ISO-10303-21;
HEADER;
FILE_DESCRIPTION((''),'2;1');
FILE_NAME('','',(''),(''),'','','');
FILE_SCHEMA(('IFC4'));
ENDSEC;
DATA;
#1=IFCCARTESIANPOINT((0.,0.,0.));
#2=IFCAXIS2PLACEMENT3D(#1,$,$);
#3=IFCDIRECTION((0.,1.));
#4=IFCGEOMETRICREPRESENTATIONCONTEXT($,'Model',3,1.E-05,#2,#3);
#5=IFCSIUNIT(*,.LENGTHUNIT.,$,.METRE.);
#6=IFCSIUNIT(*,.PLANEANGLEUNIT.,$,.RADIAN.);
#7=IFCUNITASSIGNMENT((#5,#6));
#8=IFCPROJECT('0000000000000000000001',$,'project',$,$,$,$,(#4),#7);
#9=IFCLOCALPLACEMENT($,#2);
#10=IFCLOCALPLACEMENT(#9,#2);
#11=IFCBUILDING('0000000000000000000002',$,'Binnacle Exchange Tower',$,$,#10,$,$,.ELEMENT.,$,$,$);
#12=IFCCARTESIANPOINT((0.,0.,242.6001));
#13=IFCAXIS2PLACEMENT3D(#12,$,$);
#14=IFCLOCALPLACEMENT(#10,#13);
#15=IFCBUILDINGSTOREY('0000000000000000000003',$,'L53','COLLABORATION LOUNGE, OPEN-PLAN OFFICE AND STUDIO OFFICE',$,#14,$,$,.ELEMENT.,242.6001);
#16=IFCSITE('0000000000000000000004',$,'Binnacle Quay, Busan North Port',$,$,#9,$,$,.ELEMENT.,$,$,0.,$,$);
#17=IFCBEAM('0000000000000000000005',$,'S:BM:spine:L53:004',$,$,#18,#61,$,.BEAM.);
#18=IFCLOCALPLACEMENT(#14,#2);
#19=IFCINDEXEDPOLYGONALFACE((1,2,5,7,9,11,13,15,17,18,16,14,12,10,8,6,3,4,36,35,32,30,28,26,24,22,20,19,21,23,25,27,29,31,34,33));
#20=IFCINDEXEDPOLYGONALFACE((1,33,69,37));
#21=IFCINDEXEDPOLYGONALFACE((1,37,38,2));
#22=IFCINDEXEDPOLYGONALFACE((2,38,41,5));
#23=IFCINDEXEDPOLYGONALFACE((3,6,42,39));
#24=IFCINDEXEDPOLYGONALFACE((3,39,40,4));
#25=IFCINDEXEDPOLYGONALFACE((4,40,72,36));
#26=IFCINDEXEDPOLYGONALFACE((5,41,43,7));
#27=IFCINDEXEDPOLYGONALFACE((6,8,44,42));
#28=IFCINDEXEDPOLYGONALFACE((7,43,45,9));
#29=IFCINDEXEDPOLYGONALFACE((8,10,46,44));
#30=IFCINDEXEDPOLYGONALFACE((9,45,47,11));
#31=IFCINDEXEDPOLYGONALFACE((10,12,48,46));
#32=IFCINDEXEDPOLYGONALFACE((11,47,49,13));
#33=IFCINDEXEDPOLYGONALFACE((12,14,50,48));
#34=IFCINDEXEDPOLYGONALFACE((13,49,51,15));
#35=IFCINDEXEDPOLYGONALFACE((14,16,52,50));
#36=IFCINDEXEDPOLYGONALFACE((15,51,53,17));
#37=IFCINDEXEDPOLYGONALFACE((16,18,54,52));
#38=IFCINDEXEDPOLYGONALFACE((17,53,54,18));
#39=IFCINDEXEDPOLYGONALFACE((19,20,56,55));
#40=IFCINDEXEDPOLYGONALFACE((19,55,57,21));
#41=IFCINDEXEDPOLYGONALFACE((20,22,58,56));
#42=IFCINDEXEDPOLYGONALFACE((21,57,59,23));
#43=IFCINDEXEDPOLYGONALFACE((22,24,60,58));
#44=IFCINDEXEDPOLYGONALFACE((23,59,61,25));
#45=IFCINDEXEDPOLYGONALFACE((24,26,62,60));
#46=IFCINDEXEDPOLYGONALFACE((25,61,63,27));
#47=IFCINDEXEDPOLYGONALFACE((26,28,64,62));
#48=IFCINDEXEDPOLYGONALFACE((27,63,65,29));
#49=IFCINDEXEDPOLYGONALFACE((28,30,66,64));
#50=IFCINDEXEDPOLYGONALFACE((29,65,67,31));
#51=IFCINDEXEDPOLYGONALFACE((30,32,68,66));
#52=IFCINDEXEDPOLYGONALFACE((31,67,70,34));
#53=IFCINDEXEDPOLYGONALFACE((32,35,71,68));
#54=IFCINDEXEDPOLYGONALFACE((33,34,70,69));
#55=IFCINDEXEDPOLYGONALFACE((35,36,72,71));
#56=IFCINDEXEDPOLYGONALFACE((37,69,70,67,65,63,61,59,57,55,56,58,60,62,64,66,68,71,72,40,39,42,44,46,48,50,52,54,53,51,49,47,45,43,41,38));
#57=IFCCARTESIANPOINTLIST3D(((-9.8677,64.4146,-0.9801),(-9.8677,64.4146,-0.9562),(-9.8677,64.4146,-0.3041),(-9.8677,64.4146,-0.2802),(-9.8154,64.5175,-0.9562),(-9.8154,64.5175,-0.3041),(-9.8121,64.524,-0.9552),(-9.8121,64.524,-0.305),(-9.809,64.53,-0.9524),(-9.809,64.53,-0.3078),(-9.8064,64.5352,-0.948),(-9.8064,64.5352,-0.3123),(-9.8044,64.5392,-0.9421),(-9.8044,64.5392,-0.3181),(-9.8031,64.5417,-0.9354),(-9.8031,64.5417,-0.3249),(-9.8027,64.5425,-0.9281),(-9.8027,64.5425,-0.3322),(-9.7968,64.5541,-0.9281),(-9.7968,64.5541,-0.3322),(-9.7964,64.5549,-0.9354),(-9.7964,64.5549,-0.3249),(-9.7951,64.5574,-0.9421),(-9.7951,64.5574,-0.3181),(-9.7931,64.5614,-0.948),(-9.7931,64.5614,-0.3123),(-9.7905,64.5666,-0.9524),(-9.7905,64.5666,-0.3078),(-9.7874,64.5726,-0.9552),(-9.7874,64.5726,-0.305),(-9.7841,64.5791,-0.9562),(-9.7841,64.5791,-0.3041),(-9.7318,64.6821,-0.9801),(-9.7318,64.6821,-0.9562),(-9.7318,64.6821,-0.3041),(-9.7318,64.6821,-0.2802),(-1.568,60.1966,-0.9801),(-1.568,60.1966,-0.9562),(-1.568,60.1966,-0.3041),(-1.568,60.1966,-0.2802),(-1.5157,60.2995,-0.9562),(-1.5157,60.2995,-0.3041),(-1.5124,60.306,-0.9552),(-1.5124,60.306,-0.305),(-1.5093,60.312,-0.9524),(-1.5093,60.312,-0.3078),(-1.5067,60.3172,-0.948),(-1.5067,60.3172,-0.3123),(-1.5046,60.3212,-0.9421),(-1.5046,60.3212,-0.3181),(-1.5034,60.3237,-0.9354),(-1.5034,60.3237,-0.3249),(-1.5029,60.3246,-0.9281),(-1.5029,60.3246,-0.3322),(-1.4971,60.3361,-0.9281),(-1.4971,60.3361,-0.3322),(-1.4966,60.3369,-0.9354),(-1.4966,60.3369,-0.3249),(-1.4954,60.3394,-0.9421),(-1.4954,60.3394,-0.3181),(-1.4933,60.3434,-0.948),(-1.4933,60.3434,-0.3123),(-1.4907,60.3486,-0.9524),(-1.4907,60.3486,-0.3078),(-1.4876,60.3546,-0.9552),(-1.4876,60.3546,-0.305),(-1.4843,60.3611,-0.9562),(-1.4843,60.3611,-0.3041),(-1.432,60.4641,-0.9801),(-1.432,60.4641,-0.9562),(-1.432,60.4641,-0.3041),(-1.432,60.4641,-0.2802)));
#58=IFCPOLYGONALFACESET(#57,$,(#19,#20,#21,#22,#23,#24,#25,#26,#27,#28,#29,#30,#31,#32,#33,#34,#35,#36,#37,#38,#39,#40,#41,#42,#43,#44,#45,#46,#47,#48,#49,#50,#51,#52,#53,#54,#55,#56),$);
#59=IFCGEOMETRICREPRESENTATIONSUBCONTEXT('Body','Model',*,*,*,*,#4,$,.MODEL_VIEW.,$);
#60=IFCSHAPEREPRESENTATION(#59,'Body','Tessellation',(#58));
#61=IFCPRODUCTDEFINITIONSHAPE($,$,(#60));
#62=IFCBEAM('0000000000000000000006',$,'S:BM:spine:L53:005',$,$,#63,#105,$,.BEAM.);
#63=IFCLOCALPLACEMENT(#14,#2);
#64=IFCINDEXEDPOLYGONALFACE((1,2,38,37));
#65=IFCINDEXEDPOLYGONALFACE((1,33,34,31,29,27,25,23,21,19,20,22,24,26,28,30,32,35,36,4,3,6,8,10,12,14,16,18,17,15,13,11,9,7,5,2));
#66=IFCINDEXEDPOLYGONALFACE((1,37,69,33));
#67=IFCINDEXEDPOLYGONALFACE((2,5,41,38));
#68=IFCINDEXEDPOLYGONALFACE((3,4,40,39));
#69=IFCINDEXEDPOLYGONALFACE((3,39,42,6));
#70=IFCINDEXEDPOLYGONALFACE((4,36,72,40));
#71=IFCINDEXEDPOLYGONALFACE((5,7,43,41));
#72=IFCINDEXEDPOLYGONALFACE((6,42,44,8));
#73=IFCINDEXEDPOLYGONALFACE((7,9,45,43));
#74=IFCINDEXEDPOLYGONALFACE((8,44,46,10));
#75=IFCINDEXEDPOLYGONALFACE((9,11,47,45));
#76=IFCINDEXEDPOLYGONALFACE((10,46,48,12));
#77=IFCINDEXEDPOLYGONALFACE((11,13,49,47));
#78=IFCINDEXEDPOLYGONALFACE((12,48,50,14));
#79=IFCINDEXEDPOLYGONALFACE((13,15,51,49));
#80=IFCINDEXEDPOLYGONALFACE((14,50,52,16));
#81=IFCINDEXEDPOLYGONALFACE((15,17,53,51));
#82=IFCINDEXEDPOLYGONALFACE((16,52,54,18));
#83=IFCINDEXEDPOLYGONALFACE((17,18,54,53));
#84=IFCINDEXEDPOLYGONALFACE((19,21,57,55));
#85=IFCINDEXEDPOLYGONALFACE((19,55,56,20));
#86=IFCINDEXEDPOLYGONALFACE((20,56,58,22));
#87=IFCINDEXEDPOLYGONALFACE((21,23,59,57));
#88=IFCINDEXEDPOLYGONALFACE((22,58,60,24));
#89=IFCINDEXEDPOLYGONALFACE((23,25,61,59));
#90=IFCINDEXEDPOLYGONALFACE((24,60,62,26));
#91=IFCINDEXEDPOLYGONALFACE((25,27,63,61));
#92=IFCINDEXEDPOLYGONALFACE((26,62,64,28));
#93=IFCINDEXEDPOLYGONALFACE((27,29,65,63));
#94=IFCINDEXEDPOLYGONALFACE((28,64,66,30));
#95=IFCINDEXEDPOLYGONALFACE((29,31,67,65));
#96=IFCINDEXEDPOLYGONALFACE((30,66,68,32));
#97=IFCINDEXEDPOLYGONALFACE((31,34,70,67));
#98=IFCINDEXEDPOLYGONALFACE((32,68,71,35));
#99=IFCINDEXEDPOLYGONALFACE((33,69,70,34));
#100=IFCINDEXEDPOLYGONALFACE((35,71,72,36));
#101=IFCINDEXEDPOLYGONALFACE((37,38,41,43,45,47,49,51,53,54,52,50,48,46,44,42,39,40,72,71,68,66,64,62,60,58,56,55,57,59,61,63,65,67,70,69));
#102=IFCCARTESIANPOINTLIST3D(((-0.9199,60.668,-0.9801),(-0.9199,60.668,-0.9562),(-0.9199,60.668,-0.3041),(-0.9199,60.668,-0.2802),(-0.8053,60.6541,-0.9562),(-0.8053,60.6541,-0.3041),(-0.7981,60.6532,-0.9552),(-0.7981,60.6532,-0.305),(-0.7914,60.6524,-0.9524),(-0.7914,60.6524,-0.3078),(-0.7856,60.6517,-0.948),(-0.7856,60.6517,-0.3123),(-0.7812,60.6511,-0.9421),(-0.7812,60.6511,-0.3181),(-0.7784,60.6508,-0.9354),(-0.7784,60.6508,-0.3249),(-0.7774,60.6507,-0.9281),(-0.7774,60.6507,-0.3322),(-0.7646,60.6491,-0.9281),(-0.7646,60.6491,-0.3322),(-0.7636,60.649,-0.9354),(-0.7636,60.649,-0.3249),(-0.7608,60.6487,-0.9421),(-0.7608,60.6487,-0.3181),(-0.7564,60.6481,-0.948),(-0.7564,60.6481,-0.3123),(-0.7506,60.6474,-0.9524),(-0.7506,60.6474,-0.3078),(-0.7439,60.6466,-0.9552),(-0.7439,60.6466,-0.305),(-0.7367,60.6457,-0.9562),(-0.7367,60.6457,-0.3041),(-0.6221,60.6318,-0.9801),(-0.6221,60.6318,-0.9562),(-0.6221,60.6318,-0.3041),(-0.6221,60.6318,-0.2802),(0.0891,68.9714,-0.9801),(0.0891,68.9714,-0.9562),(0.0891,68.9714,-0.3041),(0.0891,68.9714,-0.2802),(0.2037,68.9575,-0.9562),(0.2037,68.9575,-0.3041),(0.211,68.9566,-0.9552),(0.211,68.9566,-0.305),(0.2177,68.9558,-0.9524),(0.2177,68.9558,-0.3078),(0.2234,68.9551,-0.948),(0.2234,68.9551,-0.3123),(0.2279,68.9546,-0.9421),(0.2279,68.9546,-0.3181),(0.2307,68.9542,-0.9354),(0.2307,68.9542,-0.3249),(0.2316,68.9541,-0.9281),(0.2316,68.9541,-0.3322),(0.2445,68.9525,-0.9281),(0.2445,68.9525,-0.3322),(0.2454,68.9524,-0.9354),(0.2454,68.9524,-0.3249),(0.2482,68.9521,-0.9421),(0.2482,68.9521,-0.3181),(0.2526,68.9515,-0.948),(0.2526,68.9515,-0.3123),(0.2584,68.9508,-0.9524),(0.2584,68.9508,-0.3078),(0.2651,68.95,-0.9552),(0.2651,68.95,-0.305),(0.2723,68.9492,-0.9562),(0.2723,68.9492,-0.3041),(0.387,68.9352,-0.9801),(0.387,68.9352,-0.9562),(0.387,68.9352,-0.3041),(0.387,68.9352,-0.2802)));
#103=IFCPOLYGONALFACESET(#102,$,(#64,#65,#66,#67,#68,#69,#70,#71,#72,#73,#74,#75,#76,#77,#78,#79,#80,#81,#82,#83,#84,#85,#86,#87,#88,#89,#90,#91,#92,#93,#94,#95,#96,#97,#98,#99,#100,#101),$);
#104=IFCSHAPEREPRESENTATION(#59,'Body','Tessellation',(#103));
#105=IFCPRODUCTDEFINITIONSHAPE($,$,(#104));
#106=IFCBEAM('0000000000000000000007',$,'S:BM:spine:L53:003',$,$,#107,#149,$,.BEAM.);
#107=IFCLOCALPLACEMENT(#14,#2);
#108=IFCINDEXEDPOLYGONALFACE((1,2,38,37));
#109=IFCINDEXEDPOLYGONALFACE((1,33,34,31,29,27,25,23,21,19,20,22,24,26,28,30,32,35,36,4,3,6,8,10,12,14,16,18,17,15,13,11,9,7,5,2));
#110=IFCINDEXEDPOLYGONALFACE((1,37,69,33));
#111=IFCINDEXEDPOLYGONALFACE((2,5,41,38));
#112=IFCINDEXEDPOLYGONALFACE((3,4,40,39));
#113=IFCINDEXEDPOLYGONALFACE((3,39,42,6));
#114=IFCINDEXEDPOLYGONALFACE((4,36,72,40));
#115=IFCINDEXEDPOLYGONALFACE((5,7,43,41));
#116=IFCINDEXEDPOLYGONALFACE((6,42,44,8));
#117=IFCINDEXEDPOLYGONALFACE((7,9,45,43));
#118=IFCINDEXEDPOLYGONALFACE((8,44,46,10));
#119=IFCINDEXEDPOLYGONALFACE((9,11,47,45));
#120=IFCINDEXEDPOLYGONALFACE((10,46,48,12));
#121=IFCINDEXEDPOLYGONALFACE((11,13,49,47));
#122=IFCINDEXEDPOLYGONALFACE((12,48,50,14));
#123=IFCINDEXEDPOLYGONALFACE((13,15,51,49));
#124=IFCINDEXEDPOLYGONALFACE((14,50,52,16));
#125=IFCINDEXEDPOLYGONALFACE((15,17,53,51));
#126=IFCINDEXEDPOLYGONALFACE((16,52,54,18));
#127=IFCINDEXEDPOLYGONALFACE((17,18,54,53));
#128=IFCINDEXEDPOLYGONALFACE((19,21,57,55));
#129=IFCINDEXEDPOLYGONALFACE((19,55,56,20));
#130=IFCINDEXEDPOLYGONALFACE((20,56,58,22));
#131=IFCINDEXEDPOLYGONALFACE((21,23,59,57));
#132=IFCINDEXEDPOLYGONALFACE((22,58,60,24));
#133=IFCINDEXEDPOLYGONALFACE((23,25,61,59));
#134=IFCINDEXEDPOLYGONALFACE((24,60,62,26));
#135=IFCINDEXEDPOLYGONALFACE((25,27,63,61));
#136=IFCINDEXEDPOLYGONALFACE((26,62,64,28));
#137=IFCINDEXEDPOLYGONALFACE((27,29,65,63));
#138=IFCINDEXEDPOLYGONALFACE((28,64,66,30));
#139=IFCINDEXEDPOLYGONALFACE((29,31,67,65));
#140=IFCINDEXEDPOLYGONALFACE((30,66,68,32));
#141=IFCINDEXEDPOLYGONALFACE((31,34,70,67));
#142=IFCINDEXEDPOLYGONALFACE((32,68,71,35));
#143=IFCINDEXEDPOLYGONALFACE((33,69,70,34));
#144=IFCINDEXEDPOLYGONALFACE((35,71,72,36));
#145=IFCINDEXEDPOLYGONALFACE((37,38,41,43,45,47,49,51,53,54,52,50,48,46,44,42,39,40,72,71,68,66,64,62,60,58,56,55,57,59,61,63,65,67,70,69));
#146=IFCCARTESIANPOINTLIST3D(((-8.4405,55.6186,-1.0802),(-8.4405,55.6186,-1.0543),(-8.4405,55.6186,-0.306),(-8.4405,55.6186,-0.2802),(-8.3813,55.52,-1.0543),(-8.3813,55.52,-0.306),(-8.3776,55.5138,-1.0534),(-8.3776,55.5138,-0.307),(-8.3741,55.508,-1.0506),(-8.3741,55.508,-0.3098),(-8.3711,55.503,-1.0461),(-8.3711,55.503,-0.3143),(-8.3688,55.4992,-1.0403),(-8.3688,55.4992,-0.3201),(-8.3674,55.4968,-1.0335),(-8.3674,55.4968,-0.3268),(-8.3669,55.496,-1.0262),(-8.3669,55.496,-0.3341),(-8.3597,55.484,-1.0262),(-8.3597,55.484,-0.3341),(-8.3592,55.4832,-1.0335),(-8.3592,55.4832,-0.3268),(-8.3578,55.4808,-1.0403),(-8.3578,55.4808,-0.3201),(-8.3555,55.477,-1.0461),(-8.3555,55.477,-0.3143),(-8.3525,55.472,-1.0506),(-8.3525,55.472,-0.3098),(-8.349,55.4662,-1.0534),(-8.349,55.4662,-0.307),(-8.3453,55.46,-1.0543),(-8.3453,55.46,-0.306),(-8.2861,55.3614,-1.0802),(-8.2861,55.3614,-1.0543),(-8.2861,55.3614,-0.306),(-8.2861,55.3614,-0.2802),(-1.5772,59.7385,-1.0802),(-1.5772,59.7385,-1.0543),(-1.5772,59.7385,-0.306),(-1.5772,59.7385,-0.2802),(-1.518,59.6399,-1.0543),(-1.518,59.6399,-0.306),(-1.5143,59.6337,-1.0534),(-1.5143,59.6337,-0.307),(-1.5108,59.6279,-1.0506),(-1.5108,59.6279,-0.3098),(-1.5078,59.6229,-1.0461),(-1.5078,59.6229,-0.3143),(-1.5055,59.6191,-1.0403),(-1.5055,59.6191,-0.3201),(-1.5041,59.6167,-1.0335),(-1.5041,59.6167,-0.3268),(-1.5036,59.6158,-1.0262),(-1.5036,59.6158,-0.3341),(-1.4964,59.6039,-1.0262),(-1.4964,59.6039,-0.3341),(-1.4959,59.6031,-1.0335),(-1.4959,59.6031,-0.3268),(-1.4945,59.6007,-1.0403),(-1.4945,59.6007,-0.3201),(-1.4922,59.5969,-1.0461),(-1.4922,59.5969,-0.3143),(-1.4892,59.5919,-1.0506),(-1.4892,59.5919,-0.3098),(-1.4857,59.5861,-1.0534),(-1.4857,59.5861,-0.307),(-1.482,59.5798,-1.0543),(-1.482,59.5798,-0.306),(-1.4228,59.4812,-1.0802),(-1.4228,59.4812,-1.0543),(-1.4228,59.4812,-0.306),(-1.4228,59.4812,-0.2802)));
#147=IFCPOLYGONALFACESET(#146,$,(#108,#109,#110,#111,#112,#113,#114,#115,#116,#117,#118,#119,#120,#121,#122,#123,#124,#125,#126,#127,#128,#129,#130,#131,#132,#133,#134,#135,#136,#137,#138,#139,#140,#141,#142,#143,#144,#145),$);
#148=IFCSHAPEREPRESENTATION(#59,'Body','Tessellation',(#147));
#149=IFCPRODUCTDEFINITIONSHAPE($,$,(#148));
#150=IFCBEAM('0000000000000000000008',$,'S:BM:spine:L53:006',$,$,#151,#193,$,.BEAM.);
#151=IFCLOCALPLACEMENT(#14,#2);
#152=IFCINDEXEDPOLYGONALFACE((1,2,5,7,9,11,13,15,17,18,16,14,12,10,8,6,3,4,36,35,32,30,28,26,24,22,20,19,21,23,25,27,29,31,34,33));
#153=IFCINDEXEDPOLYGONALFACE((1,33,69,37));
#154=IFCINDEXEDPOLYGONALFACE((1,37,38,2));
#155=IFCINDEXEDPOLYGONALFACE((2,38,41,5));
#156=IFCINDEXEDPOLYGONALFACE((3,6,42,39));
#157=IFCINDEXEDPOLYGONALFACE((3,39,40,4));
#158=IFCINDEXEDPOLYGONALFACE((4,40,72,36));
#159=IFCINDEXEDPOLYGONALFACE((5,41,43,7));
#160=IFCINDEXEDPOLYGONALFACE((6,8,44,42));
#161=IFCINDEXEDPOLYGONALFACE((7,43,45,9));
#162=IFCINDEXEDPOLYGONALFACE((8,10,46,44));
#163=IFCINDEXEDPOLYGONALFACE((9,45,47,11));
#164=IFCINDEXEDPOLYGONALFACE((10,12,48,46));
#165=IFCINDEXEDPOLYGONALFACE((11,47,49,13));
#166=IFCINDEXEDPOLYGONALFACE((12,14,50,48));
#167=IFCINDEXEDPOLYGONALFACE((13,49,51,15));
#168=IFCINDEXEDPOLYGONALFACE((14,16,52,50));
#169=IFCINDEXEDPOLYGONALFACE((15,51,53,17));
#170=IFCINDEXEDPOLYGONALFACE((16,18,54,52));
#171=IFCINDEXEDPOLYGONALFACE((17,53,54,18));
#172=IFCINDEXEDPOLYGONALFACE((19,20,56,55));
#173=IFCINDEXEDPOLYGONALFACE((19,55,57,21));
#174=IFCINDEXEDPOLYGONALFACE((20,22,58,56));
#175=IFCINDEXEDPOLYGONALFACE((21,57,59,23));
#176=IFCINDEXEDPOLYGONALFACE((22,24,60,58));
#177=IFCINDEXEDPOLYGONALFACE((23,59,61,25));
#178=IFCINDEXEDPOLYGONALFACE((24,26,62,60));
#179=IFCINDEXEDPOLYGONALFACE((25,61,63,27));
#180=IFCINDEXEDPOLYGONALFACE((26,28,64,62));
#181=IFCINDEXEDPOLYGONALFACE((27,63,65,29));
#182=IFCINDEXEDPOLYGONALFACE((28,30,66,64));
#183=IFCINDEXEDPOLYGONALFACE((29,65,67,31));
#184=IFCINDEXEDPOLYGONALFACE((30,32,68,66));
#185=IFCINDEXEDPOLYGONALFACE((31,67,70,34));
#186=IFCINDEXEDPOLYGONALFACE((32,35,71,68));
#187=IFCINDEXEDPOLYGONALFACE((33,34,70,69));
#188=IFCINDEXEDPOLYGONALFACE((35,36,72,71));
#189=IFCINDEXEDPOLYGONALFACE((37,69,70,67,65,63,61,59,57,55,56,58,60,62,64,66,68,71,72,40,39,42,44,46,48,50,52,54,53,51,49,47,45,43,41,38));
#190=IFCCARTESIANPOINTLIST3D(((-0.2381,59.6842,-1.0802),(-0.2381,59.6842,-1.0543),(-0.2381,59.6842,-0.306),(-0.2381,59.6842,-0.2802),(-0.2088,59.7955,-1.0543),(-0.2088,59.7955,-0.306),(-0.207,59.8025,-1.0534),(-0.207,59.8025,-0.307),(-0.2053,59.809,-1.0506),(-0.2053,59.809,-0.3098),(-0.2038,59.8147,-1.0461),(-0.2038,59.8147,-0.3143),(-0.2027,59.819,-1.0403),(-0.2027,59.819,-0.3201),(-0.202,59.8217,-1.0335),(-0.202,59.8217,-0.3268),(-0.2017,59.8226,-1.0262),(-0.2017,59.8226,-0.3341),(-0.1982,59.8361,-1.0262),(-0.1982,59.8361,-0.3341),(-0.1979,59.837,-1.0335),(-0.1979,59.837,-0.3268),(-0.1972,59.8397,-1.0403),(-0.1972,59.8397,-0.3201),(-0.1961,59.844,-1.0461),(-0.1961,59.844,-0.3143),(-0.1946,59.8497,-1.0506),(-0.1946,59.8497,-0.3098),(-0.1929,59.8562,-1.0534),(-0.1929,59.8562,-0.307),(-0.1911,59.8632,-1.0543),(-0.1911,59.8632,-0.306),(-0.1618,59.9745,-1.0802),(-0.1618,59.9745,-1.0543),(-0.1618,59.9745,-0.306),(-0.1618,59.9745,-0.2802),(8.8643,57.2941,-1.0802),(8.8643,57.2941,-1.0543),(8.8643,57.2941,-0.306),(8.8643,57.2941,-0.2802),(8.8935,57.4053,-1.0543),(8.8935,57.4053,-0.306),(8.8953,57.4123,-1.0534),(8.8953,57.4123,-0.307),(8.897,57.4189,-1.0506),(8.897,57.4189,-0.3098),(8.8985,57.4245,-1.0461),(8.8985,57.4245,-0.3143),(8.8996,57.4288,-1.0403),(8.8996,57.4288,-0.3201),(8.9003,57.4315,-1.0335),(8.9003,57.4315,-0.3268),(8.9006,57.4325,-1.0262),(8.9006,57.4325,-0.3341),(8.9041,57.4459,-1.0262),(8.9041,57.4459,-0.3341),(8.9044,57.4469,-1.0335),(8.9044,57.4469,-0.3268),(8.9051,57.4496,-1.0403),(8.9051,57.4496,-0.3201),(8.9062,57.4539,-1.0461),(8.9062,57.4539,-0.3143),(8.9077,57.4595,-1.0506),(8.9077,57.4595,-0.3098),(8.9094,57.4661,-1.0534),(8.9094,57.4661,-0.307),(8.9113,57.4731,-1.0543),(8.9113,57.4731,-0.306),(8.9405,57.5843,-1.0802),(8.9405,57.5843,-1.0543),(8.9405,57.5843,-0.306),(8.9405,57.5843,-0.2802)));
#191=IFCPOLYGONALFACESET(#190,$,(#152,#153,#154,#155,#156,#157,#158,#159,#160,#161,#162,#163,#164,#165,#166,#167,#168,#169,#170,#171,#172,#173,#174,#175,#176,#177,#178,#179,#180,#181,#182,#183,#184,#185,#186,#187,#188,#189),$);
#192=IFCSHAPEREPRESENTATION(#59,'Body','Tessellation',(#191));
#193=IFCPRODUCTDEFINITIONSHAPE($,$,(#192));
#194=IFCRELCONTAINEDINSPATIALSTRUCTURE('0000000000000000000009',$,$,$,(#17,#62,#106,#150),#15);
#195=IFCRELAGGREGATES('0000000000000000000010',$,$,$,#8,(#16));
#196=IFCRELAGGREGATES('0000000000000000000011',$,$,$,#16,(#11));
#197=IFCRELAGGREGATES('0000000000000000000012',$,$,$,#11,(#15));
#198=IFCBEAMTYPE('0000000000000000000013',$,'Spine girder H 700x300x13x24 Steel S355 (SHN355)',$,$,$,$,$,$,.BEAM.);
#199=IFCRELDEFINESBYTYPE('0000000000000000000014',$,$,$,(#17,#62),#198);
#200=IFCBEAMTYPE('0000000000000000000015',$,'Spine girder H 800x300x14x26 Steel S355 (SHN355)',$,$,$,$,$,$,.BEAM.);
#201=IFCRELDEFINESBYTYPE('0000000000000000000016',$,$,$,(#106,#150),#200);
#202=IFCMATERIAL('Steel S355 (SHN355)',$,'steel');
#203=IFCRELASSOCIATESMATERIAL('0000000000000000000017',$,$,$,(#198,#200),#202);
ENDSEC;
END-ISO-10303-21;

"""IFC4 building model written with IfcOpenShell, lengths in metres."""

from ifc_helpers import new_model, si_unit, direction, frame, origin, origin_2d, place, context, subcontext, project, spatial, i_section, extrude, material, material_profile, profile_set, type_object, element, save


model = new_model("IFC4")

# Units and contexts
model_context = context("Model", 3, precision=1e-05, world=origin(), true_north=direction((0.0, 1.0)))
body_context = subcontext(model_context, "Body", "Model", "MODEL_VIEW")
ifc_project = project(units=[si_unit("LENGTHUNIT", "METRE"), si_unit("PLANEANGLEUNIT", "RADIAN")], contexts=[model_context])

# Site, building, storey
site_placement = place(None, origin())
site = spatial("IfcSite", under=ifc_project, at=site_placement, Name="Binnacle Quay, Busan North Port", CompositionType="ELEMENT", RefElevation=0.0)
building_placement = place(site_placement, origin())
building = spatial("IfcBuilding", under=site, at=building_placement, Name="Binnacle Exchange Tower", CompositionType="ELEMENT")
storey_placement = place(building_placement, frame((0.0, 0.0, 242.6001)))
storey = spatial("IfcBuildingStorey", under=building, at=storey_placement, Name="L53", Description="COLLABORATION LOUNGE, OPEN-PLAN OFFICE AND STUDIO OFFICE", CompositionType="ELEMENT", Elevation=242.6001)

# Beams
ifc_material_1 = material(Name="Steel S355 (SHN355)", Category="steel")
ifc_material_profile_1 = material_profile(ifc_material_1, i_section(OverallWidth=0.3, OverallDepth=0.7, WebThickness=0.0129, FlangeThickness=0.0239, FilletRadius=0.0281, at=origin_2d()), Name="H 700x300x13x24")
ifc_profile_set_1 = profile_set([ifc_material_profile_1], Name="Steel S355 (SHN355)")
beam_type_1 = type_object("IfcBeamType", Name="Spine girder H 700x300x13x24 Steel S355 (SHN355)", PredefinedType="BEAM", material=ifc_profile_set_1)
beam_1_placement = place(storey_placement, frame((-1.5, 60.3303, -0.6301), z_axis=(-0.891482, 0.453057, 0.0), x_axis=(-0.453057, -0.891482, 0.0)))
element("IfcBeam", 1, at=beam_1_placement, inside=storey, type_object=beam_type_1, Name="S:BM:spine:L53:004", PredefinedType="BEAM", context=body_context, shape_type="SweptSolid", body=[
    extrude(i_section(OverallWidth=0.3, OverallDepth=0.7, WebThickness=0.0129, FlangeThickness=0.0239, FilletRadius=0.0281, at=origin_2d()), origin(), (0.0, 0.0, 1.0), 9.3101),
])
beam_2_placement = place(storey_placement, frame((-0.771, 60.6499, -0.6301), z_axis=(0.120632, 0.992697, 0.0), x_axis=(-0.992697, 0.120632, 0.0)))
element("IfcBeam", 2, at=beam_2_placement, inside=storey, type_object=beam_type_1, Name="S:BM:spine:L53:005", PredefinedType="BEAM", context=body_context, shape_type="SweptSolid", body=[
    extrude(i_section(OverallWidth=0.3, OverallDepth=0.7, WebThickness=0.0129, FlangeThickness=0.0239, FilletRadius=0.0281, at=origin_2d()), origin(), (0.0, 0.0, 1.0), 8.3645),
])
ifc_material_profile_2 = material_profile(ifc_material_1, i_section(OverallWidth=0.3, OverallDepth=0.8, WebThickness=0.0139, FlangeThickness=0.0259, FilletRadius=0.0281, at=origin_2d()), Name="H 800x300x14x26")
ifc_profile_set_2 = profile_set([ifc_material_profile_2], Name="Steel S355 (SHN355)")
beam_type_2 = type_object("IfcBeamType", Name="Spine girder H 800x300x14x26 Steel S355 (SHN355)", PredefinedType="BEAM", material=ifc_profile_set_2)
beam_3_placement = place(storey_placement, frame((-8.3633, 55.49, -0.6802), z_axis=(0.857388, 0.514671, 0.0), x_axis=(-0.514671, 0.857388, 0.0)))
element("IfcBeam", 3, at=beam_3_placement, inside=storey, type_object=beam_type_2, Name="S:BM:spine:L53:003", PredefinedType="BEAM", context=body_context, shape_type="SweptSolid", body=[
    extrude(i_section(OverallWidth=0.3, OverallDepth=0.8, WebThickness=0.0139, FlangeThickness=0.0259, FilletRadius=0.0281, at=origin_2d()), origin(), (0.0, 0.0, 1.0), 8.0049),
])
beam_4_placement = place(storey_placement, frame((-0.2, 59.8293, -0.6802), z_axis=(0.96721, -0.253976, 0.0), x_axis=(0.253976, 0.96721, 0.0)))
element("IfcBeam", 4, at=beam_4_placement, inside=storey, type_object=beam_type_2, Name="S:BM:spine:L53:006", PredefinedType="BEAM", context=body_context, shape_type="SweptSolid", body=[
    extrude(i_section(OverallWidth=0.3, OverallDepth=0.8, WebThickness=0.0139, FlangeThickness=0.0259, FilletRadius=0.0281, at=origin_2d()), origin(), (0.0, 0.0, 1.0), 9.4109),
])

save(model, "model.ifc")
